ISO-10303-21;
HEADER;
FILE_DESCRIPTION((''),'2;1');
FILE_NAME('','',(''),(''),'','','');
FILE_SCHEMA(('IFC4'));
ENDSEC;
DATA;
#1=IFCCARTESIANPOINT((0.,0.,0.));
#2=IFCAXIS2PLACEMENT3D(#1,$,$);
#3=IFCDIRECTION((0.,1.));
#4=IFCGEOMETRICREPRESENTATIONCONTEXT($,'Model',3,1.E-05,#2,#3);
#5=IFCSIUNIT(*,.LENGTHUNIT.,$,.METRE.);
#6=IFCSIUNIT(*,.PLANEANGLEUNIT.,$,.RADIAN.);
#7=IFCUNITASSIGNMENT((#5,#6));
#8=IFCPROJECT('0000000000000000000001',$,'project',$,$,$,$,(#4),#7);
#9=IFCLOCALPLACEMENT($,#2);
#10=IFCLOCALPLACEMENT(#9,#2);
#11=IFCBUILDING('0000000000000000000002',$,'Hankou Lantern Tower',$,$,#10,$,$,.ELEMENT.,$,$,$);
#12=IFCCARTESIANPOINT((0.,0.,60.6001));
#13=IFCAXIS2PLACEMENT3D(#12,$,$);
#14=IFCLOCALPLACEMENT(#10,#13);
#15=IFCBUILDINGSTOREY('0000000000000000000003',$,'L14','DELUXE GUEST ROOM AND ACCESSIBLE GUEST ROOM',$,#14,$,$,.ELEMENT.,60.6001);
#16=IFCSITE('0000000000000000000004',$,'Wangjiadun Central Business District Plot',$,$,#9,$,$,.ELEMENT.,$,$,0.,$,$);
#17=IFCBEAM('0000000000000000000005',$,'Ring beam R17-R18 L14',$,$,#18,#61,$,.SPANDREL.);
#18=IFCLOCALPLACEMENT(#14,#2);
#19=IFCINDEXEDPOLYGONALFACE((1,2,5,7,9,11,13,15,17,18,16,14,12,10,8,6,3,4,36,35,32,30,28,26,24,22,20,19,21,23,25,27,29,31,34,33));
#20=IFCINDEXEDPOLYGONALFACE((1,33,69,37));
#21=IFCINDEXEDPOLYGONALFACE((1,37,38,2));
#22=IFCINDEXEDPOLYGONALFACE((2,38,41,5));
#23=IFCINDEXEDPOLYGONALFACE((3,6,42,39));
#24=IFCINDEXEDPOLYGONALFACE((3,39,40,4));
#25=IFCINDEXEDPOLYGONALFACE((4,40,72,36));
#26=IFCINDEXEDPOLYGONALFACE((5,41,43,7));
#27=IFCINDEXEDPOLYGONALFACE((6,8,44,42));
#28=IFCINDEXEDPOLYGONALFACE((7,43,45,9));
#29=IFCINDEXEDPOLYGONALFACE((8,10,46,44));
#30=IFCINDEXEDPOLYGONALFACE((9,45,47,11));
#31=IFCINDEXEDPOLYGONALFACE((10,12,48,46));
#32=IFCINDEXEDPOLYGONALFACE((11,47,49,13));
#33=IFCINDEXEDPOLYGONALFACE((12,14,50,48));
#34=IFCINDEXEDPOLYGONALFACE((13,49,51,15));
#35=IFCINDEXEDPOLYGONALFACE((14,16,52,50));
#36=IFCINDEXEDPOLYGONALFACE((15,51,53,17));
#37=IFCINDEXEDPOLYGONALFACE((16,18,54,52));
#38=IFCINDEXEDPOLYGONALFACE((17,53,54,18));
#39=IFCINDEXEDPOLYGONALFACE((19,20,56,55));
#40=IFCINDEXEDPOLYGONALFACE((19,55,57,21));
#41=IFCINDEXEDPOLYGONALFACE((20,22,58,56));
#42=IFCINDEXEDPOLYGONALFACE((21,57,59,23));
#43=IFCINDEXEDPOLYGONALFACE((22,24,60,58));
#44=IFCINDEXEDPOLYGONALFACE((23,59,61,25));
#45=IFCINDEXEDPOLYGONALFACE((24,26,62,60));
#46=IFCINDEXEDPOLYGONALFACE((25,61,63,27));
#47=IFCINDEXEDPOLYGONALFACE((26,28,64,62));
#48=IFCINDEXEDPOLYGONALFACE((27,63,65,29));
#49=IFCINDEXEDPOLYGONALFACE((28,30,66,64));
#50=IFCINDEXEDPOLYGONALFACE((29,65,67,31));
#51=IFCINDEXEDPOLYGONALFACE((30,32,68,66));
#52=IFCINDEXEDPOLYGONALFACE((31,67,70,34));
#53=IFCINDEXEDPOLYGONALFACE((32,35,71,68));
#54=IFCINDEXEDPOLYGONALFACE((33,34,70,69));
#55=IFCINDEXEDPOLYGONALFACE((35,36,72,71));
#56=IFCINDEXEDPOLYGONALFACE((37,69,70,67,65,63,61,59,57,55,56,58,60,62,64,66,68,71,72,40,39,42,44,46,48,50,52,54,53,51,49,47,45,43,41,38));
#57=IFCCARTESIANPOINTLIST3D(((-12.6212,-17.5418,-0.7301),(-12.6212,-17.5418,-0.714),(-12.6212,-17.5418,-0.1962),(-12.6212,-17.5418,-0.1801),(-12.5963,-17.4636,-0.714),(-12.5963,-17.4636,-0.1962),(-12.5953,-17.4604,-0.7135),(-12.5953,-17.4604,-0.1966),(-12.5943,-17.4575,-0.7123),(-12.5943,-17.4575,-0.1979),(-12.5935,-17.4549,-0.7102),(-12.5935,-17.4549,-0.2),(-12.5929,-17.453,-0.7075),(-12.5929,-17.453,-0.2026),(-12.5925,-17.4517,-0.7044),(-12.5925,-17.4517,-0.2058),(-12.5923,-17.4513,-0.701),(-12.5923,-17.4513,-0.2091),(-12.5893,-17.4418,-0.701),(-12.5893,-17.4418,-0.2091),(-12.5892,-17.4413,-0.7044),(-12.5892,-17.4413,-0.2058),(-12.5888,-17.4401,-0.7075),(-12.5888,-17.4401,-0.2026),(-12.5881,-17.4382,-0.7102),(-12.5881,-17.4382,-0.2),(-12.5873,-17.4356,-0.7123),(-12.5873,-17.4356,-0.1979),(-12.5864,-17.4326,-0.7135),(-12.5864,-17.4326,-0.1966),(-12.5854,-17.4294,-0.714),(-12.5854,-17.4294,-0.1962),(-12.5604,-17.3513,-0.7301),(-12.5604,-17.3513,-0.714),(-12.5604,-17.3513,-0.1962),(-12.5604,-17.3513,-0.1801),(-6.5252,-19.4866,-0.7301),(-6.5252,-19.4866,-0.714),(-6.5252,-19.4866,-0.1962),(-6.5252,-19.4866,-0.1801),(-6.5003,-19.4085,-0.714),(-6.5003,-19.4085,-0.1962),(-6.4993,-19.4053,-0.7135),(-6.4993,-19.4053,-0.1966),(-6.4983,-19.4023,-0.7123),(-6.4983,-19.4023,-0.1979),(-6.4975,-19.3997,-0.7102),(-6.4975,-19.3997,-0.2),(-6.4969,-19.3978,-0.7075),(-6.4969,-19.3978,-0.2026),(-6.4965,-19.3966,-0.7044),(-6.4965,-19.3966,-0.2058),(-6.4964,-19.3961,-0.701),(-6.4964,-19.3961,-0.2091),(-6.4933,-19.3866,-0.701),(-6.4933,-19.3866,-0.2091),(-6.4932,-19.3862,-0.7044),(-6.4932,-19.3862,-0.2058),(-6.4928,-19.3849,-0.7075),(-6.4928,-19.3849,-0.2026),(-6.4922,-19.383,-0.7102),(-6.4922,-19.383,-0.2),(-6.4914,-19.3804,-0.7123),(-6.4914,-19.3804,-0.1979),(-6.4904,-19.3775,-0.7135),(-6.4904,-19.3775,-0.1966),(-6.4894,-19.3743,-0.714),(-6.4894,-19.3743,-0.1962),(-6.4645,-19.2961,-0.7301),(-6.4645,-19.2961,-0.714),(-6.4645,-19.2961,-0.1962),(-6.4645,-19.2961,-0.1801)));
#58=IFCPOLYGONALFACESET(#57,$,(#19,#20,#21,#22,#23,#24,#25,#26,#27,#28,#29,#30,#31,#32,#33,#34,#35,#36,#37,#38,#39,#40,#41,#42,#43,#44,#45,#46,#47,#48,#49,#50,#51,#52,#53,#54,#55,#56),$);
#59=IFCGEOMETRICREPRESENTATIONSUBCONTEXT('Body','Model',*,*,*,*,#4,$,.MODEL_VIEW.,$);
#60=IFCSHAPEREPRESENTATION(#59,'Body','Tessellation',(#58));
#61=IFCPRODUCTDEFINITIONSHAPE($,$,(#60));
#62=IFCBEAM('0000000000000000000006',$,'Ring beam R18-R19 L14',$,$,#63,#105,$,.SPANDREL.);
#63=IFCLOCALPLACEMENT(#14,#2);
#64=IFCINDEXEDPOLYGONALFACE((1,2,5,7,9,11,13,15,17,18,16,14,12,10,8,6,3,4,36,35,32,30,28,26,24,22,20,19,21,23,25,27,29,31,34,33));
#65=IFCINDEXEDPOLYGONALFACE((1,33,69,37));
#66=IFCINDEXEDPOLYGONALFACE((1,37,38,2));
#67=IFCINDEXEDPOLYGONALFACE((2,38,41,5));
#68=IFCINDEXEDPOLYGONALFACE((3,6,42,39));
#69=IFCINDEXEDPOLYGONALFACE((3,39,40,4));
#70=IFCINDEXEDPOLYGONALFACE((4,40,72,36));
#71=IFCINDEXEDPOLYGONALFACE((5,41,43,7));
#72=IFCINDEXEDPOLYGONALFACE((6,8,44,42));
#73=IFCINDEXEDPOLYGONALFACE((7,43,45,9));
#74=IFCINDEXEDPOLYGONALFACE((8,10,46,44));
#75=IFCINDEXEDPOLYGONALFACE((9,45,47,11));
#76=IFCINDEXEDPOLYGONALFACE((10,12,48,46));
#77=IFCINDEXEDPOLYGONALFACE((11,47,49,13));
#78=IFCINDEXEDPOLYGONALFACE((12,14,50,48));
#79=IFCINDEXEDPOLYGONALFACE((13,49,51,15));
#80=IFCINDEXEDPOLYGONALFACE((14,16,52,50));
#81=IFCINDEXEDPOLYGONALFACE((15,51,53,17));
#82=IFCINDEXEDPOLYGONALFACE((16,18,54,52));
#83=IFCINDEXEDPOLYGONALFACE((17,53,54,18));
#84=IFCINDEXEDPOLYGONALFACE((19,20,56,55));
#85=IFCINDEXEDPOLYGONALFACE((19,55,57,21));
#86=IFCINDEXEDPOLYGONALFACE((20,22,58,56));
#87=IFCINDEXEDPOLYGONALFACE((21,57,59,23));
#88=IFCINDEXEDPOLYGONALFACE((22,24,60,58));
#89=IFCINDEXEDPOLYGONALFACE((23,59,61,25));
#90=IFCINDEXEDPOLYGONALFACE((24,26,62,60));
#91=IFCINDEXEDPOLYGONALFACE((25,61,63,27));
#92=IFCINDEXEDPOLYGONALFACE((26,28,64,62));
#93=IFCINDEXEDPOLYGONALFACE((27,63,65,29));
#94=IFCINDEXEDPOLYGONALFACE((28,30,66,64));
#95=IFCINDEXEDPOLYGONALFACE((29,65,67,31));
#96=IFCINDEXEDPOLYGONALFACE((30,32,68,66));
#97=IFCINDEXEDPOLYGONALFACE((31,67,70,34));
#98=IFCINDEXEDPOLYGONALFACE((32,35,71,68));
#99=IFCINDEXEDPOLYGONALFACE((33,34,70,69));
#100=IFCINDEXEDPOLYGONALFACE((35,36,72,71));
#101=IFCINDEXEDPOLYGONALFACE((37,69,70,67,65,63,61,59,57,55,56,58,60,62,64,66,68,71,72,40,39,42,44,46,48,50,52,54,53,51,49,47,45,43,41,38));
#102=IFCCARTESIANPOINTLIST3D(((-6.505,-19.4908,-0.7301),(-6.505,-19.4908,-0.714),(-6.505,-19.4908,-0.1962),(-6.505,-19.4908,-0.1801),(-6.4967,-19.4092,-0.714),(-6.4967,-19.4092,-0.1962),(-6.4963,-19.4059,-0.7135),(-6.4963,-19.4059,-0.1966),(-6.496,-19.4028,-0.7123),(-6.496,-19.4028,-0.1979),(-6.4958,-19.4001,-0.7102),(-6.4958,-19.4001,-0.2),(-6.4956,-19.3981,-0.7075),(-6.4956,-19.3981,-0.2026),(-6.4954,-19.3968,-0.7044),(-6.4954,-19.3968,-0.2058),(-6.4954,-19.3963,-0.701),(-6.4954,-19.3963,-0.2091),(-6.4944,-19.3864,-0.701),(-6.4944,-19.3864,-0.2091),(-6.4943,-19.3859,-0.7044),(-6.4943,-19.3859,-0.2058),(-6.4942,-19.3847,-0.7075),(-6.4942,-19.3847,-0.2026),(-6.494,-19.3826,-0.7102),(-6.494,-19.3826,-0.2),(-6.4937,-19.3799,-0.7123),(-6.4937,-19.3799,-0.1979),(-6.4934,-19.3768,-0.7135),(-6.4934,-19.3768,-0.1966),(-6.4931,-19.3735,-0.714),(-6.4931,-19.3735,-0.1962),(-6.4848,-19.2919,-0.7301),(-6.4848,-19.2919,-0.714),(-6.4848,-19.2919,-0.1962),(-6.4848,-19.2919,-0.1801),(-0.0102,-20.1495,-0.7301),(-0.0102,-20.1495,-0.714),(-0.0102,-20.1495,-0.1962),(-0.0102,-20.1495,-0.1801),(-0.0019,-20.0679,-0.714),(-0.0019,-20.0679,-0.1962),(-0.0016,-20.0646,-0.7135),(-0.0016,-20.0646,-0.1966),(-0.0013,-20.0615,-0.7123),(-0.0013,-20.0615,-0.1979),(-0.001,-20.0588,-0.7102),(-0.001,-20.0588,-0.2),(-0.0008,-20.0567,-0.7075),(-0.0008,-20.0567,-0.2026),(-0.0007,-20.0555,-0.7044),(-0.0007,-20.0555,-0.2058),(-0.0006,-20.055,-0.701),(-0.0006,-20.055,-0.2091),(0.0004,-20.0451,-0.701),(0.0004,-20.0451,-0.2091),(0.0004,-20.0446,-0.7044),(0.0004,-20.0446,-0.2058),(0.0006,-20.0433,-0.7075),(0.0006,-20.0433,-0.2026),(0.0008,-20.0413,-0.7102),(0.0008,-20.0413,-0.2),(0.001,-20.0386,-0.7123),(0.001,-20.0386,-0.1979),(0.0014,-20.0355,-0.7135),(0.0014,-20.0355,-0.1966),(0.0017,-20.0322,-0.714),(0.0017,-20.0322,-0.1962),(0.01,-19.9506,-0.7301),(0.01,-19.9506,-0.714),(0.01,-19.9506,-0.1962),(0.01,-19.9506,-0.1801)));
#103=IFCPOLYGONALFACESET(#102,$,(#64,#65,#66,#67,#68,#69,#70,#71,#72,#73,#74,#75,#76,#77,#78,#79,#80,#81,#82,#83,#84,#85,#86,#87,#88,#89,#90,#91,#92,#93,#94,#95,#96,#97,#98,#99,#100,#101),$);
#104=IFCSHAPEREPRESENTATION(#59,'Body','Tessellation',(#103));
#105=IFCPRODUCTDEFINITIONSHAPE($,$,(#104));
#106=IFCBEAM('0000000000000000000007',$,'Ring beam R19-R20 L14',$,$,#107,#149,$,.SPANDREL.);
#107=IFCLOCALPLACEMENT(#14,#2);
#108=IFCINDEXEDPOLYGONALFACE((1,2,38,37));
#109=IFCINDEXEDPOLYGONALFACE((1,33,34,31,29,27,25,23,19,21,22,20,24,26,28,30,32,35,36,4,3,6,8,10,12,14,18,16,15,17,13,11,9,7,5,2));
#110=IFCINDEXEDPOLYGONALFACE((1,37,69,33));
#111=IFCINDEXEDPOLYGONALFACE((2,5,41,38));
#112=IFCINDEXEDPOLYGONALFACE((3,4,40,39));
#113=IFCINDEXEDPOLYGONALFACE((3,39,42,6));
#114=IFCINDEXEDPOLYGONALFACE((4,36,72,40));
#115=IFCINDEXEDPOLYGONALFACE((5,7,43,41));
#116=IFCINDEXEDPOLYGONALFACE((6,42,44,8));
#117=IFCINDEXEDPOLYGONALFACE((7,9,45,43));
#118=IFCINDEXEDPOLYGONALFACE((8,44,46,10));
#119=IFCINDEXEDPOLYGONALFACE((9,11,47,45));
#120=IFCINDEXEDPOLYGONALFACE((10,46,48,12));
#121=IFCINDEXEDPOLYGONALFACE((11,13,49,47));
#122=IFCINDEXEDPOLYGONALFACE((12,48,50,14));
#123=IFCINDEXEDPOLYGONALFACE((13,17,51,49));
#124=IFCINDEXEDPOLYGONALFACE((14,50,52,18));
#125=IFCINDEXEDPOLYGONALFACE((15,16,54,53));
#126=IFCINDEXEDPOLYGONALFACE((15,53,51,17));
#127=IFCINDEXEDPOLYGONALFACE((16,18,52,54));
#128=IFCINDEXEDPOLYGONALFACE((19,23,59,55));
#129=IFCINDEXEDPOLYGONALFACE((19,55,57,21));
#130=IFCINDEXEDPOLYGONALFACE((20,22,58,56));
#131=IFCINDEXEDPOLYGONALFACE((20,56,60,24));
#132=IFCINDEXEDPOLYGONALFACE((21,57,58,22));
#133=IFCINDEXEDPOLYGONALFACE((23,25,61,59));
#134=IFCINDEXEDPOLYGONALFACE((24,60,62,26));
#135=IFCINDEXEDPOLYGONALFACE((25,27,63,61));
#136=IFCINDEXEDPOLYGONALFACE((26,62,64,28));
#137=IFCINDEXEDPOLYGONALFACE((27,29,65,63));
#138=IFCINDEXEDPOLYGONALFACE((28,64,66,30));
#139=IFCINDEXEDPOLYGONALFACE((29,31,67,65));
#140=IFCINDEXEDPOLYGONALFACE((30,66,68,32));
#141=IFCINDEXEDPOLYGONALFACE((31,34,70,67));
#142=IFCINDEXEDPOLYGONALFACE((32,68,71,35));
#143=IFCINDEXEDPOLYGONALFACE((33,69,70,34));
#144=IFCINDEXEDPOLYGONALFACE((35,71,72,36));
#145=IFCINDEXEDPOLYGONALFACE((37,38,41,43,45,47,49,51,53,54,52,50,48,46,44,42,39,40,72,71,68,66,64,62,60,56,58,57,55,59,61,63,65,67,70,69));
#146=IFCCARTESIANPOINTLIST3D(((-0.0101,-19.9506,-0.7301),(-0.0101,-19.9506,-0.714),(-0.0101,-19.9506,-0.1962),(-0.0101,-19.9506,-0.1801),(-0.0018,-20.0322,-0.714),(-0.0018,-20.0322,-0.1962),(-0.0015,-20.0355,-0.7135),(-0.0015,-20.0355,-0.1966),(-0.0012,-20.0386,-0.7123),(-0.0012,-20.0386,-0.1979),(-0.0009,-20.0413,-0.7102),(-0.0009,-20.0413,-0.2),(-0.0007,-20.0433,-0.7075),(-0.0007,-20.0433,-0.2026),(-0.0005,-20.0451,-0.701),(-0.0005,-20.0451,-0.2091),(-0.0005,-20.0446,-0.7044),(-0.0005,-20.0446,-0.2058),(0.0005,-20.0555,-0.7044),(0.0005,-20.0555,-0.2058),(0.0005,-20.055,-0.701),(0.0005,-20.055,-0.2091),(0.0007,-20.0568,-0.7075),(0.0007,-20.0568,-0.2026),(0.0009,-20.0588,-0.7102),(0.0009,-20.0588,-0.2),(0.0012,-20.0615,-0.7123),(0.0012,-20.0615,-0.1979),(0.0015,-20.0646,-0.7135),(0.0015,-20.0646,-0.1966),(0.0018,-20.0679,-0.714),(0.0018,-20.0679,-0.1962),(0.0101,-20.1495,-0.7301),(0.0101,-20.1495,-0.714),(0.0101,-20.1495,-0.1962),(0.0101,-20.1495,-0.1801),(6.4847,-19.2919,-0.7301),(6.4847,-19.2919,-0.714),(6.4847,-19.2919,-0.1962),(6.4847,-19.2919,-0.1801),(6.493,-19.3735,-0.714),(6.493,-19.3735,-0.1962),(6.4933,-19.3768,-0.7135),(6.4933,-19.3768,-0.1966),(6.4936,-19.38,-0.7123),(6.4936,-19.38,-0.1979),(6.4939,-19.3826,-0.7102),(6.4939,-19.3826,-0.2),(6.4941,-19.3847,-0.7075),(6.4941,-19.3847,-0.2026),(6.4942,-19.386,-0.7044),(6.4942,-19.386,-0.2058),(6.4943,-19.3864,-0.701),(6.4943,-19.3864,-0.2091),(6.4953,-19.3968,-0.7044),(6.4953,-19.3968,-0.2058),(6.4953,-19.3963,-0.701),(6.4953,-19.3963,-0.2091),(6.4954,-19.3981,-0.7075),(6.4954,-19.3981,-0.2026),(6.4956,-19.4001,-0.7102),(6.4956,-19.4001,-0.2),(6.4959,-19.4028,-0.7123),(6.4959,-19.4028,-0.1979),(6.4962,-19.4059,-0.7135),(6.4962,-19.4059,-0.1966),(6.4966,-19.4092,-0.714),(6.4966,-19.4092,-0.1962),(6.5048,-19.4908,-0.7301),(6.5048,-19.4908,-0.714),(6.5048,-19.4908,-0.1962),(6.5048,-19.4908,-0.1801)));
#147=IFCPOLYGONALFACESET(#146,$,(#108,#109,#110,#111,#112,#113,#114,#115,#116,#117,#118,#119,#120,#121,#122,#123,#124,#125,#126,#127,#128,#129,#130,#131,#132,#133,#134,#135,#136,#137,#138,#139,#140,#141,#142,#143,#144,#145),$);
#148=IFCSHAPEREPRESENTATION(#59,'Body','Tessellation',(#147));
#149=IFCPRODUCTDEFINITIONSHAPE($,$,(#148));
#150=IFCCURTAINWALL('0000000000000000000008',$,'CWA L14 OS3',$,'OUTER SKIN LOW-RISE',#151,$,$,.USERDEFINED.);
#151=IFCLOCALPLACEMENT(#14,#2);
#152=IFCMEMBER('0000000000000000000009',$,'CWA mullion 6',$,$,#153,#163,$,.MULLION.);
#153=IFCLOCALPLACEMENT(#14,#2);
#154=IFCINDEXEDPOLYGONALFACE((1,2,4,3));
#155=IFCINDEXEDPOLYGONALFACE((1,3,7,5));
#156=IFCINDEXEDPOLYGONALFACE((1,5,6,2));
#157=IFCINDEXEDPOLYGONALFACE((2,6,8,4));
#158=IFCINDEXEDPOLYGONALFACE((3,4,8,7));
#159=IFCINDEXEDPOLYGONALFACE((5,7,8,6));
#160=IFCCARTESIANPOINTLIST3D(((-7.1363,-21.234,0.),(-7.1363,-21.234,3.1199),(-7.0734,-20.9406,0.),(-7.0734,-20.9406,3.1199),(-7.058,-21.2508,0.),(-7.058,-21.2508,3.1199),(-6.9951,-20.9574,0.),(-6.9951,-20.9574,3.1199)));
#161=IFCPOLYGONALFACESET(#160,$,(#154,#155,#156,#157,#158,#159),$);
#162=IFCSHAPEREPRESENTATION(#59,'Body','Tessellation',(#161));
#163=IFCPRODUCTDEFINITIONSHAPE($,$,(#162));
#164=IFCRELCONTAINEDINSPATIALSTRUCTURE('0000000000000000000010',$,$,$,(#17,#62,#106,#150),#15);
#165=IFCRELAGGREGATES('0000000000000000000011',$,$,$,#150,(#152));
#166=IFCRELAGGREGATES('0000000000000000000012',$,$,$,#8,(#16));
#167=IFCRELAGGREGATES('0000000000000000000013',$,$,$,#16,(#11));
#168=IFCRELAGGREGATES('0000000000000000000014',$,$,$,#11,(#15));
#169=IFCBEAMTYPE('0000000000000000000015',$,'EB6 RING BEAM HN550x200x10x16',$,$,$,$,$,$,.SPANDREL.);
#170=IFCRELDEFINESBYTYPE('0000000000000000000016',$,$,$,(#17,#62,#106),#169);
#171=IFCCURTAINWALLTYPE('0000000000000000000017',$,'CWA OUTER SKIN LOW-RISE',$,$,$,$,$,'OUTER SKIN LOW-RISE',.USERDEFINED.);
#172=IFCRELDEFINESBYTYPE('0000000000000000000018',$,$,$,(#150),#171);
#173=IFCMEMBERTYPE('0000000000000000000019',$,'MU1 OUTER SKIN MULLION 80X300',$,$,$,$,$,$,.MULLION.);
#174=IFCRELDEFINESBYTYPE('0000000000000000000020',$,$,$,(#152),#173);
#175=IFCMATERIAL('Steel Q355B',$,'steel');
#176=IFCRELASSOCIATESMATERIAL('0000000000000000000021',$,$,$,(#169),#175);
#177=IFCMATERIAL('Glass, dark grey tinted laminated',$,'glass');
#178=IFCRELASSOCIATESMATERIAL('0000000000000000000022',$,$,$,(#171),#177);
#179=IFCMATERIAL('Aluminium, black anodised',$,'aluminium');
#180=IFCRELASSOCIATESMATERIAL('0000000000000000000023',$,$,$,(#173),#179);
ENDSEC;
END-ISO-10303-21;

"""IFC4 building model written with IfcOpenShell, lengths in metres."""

from ifc_helpers import new_model, si_unit, direction, frame, origin, origin_2d, place, context, subcontext, project, spatial, rectangle, i_section, extrude, material, material_profile, profile_set, type_object, element, aggregate, save


model = new_model("IFC4")

# Units and contexts
model_context = context("Model", 3, precision=1e-05, world=origin(), true_north=direction((0.0, 1.0)))
body_context = subcontext(model_context, "Body", "Model", "MODEL_VIEW")
ifc_project = project(units=[si_unit("LENGTHUNIT", "METRE"), si_unit("PLANEANGLEUNIT", "RADIAN")], contexts=[model_context])

# Site, building, storey
site_placement = place(None, origin())
site = spatial("IfcSite", under=ifc_project, at=site_placement, Name="Wangjiadun Central Business District Plot", CompositionType="ELEMENT", RefElevation=0.0)
building_placement = place(site_placement, origin())
building = spatial("IfcBuilding", under=site, at=building_placement, Name="Hankou Lantern Tower", CompositionType="ELEMENT")
storey_placement = place(building_placement, frame((0.0, 0.0, 60.6001)))
storey = spatial("IfcBuildingStorey", under=building, at=storey_placement, Name="L14", Description="DELUXE GUEST ROOM AND ACCESSIBLE GUEST ROOM", CompositionType="ELEMENT", Elevation=60.6001)

# Beams
ifc_material_1 = material(Name="Steel Q355B", Category="steel")
ifc_material_profile_1 = material_profile(ifc_material_1, i_section(OverallWidth=0.2, OverallDepth=0.55, WebThickness=0.01, FlangeThickness=0.0161, FilletRadius=0.0129, at=origin_2d()), Name="HN550x200x10x16")
ifc_profile_set_1 = profile_set([ifc_material_profile_1], Name="Steel Q355B")
beam_type_1 = type_object("IfcBeamType", Name="EB6 RING BEAM HN550x200x10x16", PredefinedType="SPANDREL", material=ifc_profile_set_1)
beam_1_placement = place(storey_placement, frame((-12.5908, -17.4465, -0.4551), z_axis=(0.95269, -0.303942, 0.0), x_axis=(0.303942, 0.95269, 0.0)))
element("IfcBeam", 1, at=beam_1_placement, inside=storey, type_object=beam_type_1, Name="Ring beam R17-R18 L14", PredefinedType="SPANDREL", context=body_context, shape_type="SweptSolid", body=[
    extrude(i_section(OverallWidth=0.2, OverallDepth=0.55, WebThickness=0.01, FlangeThickness=0.0161, FilletRadius=0.0129, at=origin_2d()), origin(), (0.0, 0.0, 1.0), 6.3987),
])
for number, where, z_axis, x_axis, name in (
    (2, (-6.4949, -19.3914, -0.4551), (0.994897, -0.1009, 0.0), (0.1009, 0.994897, 0.0), "Ring beam R18-R19 L14"),
    (3, (0.0, -20.05, -0.4551), (0.994897, 0.1009, 0.0), (-0.1009, 0.994897, 0.0), "Ring beam R19-R20 L14"),
):
    element("IfcBeam", number, at=place(storey_placement, frame(where, z_axis=z_axis, x_axis=x_axis)), inside=storey, type_object=beam_type_1, Name=name, PredefinedType="SPANDREL", context=body_context, shape_type="SweptSolid", body=[
        extrude(i_section(OverallWidth=0.2, OverallDepth=0.55, WebThickness=0.01, FlangeThickness=0.0161, FilletRadius=0.0129, at=origin_2d()), origin(), (0.0, 0.0, 1.0), 6.5281),
    ])

# Curtain wall, member
ifc_material_2 = material(Name="Glass, dark grey tinted laminated", Category="glass")
curtain_wall_type = type_object("IfcCurtainWallType", Name="CWA OUTER SKIN LOW-RISE", ElementType="OUTER SKIN LOW-RISE", PredefinedType="USERDEFINED", material=ifc_material_2)
curtain_wall_placement = place(storey_placement, origin())
curtain_wall = element("IfcCurtainWall", 4, at=curtain_wall_placement, inside=storey, type_object=curtain_wall_type, Name="CWA L14 OS3", ObjectType="OUTER SKIN LOW-RISE", PredefinedType="USERDEFINED")
ifc_material_3 = material(Name="Aluminium, black anodised", Category="aluminium")
ifc_material_profile_2 = material_profile(ifc_material_3, rectangle(XDim=0.0801, YDim=0.3, at=origin_2d()), Name="MU1 80X300")
ifc_profile_set_2 = profile_set([ifc_material_profile_2], Name="Aluminium, black anodised")
member_type_1 = type_object("IfcMemberType", Name="MU1 OUTER SKIN MULLION 80X300", PredefinedType="MULLION", material=ifc_profile_set_2)
member_1_placement = place(storey_placement, frame((-7.0657, -21.0957, 0.0), z_axis=(0.0, 0.0, 1.0), x_axis=(0.977788, -0.209598, 0.0)))
member_1 = element("IfcMember", 5, at=member_1_placement, type_object=member_type_1, Name="CWA mullion 6", PredefinedType="MULLION", context=body_context, shape_type="SweptSolid", body=[
    extrude(rectangle(XDim=0.0801, YDim=0.3, at=origin_2d()), origin(), (0.0, 0.0, 1.0), 3.1199),
])

aggregate(curtain_wall, [member_1])

save(model, "model.ifc")
